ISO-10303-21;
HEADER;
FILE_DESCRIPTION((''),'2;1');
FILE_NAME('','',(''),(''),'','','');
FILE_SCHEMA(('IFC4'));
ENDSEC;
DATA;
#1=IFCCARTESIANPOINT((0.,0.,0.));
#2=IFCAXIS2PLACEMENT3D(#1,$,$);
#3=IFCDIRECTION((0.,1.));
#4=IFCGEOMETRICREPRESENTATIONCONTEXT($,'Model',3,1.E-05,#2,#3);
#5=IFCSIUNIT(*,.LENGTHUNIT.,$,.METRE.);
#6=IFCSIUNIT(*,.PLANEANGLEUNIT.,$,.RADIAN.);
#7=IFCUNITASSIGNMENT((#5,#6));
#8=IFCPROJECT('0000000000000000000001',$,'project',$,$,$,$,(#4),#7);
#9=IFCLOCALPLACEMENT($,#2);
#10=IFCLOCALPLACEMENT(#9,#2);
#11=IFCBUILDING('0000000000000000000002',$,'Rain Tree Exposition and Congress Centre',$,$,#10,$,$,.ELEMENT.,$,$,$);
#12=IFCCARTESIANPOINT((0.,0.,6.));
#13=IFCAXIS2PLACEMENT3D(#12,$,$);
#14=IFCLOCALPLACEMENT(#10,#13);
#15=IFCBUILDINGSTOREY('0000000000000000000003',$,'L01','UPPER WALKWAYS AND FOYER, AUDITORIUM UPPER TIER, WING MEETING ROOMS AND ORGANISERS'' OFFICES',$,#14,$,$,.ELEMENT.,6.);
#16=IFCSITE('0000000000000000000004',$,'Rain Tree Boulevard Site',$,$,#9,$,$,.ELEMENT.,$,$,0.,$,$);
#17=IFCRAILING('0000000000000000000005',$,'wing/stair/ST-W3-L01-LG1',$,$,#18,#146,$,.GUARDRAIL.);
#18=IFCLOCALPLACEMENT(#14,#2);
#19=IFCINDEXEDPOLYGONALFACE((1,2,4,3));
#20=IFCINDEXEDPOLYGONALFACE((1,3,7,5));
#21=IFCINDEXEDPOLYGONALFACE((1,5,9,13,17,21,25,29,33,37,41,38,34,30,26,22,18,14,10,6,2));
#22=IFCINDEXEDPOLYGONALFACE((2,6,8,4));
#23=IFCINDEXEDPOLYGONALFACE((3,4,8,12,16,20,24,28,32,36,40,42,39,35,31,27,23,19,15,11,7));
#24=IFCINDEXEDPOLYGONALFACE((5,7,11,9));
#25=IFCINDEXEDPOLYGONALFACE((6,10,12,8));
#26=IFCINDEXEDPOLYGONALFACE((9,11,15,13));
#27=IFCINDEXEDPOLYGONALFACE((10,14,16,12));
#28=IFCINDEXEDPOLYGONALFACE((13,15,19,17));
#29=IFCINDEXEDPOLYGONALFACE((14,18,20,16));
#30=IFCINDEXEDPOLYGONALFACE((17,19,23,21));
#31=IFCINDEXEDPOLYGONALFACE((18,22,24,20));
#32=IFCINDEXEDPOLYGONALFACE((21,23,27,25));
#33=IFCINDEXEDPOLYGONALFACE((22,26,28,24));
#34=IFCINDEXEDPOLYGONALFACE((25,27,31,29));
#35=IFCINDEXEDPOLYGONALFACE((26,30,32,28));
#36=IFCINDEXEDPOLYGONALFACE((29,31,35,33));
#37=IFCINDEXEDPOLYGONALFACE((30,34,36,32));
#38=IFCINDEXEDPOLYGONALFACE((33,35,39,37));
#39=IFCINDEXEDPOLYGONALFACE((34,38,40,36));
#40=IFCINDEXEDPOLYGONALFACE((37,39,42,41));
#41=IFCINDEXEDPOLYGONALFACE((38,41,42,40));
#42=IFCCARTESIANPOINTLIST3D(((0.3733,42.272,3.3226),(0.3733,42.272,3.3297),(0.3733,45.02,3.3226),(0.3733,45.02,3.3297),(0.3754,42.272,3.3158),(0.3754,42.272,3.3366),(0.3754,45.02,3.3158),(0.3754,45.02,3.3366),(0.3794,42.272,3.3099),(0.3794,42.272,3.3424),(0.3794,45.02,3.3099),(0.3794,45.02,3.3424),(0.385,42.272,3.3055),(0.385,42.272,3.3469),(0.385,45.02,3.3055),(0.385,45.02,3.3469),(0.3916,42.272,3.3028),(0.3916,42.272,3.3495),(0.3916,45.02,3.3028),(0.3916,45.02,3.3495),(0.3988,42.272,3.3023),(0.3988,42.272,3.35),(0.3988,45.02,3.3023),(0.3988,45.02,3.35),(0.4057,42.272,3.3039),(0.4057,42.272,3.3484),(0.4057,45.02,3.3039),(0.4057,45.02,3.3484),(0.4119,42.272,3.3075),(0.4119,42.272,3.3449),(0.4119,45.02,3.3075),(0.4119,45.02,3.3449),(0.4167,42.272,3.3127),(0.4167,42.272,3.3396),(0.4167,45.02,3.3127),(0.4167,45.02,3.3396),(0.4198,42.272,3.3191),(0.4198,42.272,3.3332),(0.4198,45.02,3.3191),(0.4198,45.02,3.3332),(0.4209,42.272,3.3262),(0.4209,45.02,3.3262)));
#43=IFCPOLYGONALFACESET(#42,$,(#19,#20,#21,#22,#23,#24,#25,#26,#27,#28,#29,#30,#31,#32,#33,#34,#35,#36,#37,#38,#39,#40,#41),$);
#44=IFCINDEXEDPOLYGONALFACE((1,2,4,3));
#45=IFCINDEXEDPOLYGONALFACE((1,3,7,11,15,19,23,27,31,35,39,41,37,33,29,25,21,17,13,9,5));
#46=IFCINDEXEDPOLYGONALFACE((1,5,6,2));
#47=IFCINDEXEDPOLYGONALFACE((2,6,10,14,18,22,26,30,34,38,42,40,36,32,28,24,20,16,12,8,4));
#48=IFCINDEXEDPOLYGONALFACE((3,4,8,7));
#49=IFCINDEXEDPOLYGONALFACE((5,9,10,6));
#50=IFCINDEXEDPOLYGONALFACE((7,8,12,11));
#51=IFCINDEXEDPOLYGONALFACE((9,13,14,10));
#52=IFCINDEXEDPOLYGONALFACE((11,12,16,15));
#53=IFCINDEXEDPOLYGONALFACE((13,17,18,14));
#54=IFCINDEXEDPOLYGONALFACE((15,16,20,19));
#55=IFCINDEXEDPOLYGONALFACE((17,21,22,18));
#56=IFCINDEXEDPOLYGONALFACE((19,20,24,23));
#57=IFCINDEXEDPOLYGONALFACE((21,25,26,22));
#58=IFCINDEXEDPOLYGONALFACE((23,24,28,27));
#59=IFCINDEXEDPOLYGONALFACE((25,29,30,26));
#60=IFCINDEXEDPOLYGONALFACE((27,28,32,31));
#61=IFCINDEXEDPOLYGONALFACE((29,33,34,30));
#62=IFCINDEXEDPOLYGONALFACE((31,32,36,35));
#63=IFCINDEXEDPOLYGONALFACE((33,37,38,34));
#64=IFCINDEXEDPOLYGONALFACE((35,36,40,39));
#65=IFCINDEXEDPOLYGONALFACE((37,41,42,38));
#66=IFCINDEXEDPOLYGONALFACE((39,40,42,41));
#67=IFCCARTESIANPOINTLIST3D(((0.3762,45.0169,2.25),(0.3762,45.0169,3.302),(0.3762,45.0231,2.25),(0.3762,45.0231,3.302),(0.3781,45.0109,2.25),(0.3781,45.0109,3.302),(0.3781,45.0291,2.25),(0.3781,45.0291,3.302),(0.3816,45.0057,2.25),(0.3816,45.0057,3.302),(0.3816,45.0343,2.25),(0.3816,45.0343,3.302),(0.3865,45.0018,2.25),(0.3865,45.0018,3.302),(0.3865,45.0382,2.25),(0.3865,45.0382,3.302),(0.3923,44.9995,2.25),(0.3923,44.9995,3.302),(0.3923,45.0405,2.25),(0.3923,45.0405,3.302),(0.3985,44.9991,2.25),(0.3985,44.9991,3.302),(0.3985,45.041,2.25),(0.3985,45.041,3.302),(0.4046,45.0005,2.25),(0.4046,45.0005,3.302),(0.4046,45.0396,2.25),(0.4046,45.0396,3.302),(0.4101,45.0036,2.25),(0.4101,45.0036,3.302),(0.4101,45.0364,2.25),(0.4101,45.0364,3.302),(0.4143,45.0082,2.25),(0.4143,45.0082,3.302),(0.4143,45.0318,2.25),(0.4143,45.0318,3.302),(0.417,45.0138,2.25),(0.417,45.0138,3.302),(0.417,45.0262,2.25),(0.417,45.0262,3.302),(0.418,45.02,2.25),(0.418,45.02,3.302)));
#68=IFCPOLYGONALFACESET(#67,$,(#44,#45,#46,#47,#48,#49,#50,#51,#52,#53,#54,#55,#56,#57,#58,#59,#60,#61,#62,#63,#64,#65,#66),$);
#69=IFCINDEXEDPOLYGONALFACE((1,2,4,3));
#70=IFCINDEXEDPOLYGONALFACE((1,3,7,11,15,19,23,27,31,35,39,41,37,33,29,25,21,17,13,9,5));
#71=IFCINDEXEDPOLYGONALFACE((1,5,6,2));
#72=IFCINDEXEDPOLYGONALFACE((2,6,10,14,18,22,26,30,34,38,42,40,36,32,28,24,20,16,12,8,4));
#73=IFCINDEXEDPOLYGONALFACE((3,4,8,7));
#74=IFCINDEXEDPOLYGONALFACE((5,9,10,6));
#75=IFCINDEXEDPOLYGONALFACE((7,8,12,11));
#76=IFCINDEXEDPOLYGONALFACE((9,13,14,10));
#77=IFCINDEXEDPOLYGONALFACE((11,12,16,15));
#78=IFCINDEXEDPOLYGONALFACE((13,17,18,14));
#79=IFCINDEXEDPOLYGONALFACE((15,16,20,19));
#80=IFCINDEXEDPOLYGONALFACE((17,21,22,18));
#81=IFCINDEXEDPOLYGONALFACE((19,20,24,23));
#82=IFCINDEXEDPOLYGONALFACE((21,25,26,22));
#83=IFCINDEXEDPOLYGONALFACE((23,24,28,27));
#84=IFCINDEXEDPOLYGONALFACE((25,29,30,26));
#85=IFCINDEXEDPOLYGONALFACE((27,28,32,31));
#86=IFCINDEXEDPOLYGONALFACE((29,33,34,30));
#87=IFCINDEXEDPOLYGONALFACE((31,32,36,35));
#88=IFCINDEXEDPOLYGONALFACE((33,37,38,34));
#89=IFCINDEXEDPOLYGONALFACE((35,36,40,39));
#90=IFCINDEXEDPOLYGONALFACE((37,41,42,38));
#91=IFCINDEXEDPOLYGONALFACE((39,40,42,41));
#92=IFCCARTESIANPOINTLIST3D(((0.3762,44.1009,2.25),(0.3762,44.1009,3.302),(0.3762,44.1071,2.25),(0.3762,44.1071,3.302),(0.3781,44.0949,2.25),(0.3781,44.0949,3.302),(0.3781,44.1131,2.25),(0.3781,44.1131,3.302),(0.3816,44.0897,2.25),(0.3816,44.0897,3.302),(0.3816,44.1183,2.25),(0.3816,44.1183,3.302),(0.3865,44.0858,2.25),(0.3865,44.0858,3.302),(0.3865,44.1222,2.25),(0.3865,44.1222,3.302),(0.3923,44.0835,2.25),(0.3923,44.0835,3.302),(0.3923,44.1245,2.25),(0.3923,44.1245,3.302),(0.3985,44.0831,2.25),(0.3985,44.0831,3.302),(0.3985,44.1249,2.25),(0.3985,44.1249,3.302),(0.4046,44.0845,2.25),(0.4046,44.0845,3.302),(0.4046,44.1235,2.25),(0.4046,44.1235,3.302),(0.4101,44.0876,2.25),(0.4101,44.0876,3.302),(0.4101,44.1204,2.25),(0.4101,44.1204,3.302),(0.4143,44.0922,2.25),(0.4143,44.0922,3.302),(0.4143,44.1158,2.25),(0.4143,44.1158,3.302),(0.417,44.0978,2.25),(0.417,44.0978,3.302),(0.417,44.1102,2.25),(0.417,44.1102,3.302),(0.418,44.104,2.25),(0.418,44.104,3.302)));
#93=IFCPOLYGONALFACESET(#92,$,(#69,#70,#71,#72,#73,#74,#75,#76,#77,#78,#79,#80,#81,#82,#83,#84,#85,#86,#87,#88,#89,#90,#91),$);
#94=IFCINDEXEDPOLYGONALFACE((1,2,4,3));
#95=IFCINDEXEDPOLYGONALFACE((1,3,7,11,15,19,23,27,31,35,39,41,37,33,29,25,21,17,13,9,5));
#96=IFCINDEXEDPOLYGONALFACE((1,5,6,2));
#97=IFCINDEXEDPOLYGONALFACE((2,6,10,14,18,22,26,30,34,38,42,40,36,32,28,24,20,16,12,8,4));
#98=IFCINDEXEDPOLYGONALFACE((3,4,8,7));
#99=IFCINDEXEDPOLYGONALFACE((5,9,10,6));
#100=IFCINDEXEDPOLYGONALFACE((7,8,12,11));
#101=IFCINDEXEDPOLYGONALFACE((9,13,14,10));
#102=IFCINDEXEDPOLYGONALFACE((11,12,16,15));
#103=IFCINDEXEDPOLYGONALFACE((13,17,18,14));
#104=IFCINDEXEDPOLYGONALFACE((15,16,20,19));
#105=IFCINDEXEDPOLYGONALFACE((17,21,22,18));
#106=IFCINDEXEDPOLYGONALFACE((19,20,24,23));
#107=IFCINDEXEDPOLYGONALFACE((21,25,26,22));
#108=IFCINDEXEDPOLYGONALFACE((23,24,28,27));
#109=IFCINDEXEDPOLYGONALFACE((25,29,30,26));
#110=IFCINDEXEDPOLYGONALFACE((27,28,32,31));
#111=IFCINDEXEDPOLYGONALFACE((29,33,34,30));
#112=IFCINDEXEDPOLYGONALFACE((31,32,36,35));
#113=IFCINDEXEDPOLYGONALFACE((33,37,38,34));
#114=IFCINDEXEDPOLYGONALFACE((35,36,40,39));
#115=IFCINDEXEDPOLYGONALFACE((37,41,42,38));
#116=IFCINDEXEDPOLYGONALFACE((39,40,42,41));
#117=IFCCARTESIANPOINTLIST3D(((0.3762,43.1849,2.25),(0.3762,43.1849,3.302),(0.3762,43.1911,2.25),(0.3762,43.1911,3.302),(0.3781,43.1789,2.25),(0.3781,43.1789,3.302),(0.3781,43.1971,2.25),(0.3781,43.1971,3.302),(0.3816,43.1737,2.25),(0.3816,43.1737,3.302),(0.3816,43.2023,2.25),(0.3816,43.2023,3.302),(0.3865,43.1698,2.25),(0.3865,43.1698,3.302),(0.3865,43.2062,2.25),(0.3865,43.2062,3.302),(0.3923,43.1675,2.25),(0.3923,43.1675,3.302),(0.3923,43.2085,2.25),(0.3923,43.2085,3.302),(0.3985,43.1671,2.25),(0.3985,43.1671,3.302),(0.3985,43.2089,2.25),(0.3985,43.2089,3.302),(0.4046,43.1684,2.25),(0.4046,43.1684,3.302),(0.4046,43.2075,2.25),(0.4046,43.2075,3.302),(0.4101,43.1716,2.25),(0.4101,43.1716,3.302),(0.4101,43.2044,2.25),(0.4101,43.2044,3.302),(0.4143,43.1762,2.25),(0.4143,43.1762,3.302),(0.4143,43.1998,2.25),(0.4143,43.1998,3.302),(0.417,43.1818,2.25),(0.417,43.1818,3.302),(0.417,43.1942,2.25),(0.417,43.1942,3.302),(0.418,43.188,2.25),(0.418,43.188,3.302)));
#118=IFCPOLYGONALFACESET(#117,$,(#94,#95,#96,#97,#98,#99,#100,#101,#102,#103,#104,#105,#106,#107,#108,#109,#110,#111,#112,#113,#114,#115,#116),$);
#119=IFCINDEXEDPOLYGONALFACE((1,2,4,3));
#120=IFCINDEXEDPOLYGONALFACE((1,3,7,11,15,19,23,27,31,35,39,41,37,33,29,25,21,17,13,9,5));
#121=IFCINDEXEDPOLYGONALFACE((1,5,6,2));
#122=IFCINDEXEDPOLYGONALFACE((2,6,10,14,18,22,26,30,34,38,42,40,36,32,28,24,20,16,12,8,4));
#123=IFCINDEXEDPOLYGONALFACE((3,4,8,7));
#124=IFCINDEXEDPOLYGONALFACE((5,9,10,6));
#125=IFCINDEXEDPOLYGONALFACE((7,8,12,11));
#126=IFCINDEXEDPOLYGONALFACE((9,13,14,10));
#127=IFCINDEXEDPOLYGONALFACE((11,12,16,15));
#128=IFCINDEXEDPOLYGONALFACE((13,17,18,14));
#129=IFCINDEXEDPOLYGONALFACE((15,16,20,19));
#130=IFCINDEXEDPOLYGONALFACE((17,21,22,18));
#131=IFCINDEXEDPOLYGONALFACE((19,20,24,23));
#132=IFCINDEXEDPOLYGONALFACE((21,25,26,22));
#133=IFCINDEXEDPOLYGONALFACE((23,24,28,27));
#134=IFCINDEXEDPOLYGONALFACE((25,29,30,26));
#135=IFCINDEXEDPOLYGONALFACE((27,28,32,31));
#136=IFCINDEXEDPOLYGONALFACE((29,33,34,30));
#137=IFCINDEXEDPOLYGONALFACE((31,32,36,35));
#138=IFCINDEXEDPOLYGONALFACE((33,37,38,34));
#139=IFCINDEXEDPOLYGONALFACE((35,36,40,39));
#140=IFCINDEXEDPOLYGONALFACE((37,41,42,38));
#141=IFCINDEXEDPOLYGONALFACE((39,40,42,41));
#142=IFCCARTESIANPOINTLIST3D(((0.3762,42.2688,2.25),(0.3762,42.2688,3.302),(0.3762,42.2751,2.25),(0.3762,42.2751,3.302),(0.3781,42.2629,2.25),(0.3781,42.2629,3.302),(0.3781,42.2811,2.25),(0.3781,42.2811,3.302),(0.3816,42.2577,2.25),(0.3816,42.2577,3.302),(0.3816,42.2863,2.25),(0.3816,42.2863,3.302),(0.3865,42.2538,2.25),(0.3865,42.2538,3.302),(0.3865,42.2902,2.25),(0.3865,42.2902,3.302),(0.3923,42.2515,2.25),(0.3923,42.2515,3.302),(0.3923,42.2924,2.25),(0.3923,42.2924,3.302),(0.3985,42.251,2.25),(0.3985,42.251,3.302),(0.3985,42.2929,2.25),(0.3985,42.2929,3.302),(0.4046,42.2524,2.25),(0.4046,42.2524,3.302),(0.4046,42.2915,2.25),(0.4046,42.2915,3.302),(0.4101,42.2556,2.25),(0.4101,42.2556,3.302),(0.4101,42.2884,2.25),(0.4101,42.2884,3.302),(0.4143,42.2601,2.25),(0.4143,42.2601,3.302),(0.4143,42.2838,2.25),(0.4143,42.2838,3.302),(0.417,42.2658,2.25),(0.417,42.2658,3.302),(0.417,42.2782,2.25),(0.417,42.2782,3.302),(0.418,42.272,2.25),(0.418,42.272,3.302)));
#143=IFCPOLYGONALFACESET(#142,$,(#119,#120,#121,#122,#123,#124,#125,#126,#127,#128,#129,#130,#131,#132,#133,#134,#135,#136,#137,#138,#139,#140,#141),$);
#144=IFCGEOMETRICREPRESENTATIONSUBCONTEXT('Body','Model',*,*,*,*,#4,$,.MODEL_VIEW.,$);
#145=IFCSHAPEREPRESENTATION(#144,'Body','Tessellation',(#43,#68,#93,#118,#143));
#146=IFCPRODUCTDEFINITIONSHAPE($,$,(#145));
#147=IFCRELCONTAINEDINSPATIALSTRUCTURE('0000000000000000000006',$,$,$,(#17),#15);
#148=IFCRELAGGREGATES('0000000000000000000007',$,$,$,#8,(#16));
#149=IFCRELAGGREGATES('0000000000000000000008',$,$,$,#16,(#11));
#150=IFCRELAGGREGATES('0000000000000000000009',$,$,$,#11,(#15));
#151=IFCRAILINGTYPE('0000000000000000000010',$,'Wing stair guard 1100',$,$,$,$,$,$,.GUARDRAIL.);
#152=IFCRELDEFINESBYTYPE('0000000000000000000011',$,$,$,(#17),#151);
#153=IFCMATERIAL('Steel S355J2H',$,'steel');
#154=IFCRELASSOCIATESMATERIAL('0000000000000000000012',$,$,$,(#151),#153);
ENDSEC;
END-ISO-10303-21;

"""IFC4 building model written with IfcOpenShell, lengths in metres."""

from ifc_helpers import new_model, si_unit, direction, frame, origin, origin_2d, place, context, subcontext, project, spatial, circle, extrude, material, type_object, element, save


model = new_model("IFC4")

# Units and contexts
model_context = context("Model", 3, precision=1e-05, world=origin(), true_north=direction((0.0, 1.0)))
body_context = subcontext(model_context, "Body", "Model", "MODEL_VIEW")
ifc_project = project(units=[si_unit("LENGTHUNIT", "METRE"), si_unit("PLANEANGLEUNIT", "RADIAN")], contexts=[model_context])

# Site, building, storey
site_placement = place(None, origin())
site = spatial("IfcSite", under=ifc_project, at=site_placement, Name="Rain Tree Boulevard Site", CompositionType="ELEMENT", RefElevation=0.0)
building_placement = place(site_placement, origin())
building = spatial("IfcBuilding", under=site, at=building_placement, Name="Rain Tree Exposition and Congress Centre", CompositionType="ELEMENT")
storey_placement = place(building_placement, frame((0.0, 0.0, 6.0)))
storey = spatial("IfcBuildingStorey", under=building, at=storey_placement, Name="L01", Description="UPPER WALKWAYS AND FOYER, AUDITORIUM UPPER TIER, WING MEETING ROOMS AND ORGANISERS' OFFICES", CompositionType="ELEMENT", Elevation=6.0)

# Railing
ifc_material_1 = material(Name="Steel S355J2H", Category="steel")
railing_type_1 = type_object("IfcRailingType", Name="Wing stair guard 1100", PredefinedType="GUARDRAIL", material=ifc_material_1)
railing_1_placement = place(storey_placement, frame((0.397, 45.02, 2.25)))
element("IfcRailing", 1, at=railing_1_placement, inside=storey, type_object=railing_type_1, Name="wing/stair/ST-W3-L01-LG1", PredefinedType="GUARDRAIL", context=body_context, shape_type="SweptSolid", body=[
    extrude(circle(Radius=0.0239, at=origin_2d()), frame((0.0, 0.0, 1.0762), z_axis=(0.0, -1.0, 0.0), x_axis=(1.0, 0.0, 0.0)), (0.0, 0.0, 1.0), 2.748),
    extrude(circle(Radius=0.021, at=origin_2d()), origin(), (0.0, 0.0, 1.0), 1.052),
    extrude(circle(Radius=0.021, at=origin_2d()), frame((0.0, -0.916, 0.0)), (0.0, 0.0, 1.0), 1.052),
    extrude(circle(Radius=0.021, at=origin_2d()), frame((0.0, -1.832, 0.0)), (0.0, 0.0, 1.0), 1.052),
    extrude(circle(Radius=0.021, at=origin_2d()), frame((0.0, -2.748, 0.0)), (0.0, 0.0, 1.0), 1.052),
])

save(model, "model.ifc")
